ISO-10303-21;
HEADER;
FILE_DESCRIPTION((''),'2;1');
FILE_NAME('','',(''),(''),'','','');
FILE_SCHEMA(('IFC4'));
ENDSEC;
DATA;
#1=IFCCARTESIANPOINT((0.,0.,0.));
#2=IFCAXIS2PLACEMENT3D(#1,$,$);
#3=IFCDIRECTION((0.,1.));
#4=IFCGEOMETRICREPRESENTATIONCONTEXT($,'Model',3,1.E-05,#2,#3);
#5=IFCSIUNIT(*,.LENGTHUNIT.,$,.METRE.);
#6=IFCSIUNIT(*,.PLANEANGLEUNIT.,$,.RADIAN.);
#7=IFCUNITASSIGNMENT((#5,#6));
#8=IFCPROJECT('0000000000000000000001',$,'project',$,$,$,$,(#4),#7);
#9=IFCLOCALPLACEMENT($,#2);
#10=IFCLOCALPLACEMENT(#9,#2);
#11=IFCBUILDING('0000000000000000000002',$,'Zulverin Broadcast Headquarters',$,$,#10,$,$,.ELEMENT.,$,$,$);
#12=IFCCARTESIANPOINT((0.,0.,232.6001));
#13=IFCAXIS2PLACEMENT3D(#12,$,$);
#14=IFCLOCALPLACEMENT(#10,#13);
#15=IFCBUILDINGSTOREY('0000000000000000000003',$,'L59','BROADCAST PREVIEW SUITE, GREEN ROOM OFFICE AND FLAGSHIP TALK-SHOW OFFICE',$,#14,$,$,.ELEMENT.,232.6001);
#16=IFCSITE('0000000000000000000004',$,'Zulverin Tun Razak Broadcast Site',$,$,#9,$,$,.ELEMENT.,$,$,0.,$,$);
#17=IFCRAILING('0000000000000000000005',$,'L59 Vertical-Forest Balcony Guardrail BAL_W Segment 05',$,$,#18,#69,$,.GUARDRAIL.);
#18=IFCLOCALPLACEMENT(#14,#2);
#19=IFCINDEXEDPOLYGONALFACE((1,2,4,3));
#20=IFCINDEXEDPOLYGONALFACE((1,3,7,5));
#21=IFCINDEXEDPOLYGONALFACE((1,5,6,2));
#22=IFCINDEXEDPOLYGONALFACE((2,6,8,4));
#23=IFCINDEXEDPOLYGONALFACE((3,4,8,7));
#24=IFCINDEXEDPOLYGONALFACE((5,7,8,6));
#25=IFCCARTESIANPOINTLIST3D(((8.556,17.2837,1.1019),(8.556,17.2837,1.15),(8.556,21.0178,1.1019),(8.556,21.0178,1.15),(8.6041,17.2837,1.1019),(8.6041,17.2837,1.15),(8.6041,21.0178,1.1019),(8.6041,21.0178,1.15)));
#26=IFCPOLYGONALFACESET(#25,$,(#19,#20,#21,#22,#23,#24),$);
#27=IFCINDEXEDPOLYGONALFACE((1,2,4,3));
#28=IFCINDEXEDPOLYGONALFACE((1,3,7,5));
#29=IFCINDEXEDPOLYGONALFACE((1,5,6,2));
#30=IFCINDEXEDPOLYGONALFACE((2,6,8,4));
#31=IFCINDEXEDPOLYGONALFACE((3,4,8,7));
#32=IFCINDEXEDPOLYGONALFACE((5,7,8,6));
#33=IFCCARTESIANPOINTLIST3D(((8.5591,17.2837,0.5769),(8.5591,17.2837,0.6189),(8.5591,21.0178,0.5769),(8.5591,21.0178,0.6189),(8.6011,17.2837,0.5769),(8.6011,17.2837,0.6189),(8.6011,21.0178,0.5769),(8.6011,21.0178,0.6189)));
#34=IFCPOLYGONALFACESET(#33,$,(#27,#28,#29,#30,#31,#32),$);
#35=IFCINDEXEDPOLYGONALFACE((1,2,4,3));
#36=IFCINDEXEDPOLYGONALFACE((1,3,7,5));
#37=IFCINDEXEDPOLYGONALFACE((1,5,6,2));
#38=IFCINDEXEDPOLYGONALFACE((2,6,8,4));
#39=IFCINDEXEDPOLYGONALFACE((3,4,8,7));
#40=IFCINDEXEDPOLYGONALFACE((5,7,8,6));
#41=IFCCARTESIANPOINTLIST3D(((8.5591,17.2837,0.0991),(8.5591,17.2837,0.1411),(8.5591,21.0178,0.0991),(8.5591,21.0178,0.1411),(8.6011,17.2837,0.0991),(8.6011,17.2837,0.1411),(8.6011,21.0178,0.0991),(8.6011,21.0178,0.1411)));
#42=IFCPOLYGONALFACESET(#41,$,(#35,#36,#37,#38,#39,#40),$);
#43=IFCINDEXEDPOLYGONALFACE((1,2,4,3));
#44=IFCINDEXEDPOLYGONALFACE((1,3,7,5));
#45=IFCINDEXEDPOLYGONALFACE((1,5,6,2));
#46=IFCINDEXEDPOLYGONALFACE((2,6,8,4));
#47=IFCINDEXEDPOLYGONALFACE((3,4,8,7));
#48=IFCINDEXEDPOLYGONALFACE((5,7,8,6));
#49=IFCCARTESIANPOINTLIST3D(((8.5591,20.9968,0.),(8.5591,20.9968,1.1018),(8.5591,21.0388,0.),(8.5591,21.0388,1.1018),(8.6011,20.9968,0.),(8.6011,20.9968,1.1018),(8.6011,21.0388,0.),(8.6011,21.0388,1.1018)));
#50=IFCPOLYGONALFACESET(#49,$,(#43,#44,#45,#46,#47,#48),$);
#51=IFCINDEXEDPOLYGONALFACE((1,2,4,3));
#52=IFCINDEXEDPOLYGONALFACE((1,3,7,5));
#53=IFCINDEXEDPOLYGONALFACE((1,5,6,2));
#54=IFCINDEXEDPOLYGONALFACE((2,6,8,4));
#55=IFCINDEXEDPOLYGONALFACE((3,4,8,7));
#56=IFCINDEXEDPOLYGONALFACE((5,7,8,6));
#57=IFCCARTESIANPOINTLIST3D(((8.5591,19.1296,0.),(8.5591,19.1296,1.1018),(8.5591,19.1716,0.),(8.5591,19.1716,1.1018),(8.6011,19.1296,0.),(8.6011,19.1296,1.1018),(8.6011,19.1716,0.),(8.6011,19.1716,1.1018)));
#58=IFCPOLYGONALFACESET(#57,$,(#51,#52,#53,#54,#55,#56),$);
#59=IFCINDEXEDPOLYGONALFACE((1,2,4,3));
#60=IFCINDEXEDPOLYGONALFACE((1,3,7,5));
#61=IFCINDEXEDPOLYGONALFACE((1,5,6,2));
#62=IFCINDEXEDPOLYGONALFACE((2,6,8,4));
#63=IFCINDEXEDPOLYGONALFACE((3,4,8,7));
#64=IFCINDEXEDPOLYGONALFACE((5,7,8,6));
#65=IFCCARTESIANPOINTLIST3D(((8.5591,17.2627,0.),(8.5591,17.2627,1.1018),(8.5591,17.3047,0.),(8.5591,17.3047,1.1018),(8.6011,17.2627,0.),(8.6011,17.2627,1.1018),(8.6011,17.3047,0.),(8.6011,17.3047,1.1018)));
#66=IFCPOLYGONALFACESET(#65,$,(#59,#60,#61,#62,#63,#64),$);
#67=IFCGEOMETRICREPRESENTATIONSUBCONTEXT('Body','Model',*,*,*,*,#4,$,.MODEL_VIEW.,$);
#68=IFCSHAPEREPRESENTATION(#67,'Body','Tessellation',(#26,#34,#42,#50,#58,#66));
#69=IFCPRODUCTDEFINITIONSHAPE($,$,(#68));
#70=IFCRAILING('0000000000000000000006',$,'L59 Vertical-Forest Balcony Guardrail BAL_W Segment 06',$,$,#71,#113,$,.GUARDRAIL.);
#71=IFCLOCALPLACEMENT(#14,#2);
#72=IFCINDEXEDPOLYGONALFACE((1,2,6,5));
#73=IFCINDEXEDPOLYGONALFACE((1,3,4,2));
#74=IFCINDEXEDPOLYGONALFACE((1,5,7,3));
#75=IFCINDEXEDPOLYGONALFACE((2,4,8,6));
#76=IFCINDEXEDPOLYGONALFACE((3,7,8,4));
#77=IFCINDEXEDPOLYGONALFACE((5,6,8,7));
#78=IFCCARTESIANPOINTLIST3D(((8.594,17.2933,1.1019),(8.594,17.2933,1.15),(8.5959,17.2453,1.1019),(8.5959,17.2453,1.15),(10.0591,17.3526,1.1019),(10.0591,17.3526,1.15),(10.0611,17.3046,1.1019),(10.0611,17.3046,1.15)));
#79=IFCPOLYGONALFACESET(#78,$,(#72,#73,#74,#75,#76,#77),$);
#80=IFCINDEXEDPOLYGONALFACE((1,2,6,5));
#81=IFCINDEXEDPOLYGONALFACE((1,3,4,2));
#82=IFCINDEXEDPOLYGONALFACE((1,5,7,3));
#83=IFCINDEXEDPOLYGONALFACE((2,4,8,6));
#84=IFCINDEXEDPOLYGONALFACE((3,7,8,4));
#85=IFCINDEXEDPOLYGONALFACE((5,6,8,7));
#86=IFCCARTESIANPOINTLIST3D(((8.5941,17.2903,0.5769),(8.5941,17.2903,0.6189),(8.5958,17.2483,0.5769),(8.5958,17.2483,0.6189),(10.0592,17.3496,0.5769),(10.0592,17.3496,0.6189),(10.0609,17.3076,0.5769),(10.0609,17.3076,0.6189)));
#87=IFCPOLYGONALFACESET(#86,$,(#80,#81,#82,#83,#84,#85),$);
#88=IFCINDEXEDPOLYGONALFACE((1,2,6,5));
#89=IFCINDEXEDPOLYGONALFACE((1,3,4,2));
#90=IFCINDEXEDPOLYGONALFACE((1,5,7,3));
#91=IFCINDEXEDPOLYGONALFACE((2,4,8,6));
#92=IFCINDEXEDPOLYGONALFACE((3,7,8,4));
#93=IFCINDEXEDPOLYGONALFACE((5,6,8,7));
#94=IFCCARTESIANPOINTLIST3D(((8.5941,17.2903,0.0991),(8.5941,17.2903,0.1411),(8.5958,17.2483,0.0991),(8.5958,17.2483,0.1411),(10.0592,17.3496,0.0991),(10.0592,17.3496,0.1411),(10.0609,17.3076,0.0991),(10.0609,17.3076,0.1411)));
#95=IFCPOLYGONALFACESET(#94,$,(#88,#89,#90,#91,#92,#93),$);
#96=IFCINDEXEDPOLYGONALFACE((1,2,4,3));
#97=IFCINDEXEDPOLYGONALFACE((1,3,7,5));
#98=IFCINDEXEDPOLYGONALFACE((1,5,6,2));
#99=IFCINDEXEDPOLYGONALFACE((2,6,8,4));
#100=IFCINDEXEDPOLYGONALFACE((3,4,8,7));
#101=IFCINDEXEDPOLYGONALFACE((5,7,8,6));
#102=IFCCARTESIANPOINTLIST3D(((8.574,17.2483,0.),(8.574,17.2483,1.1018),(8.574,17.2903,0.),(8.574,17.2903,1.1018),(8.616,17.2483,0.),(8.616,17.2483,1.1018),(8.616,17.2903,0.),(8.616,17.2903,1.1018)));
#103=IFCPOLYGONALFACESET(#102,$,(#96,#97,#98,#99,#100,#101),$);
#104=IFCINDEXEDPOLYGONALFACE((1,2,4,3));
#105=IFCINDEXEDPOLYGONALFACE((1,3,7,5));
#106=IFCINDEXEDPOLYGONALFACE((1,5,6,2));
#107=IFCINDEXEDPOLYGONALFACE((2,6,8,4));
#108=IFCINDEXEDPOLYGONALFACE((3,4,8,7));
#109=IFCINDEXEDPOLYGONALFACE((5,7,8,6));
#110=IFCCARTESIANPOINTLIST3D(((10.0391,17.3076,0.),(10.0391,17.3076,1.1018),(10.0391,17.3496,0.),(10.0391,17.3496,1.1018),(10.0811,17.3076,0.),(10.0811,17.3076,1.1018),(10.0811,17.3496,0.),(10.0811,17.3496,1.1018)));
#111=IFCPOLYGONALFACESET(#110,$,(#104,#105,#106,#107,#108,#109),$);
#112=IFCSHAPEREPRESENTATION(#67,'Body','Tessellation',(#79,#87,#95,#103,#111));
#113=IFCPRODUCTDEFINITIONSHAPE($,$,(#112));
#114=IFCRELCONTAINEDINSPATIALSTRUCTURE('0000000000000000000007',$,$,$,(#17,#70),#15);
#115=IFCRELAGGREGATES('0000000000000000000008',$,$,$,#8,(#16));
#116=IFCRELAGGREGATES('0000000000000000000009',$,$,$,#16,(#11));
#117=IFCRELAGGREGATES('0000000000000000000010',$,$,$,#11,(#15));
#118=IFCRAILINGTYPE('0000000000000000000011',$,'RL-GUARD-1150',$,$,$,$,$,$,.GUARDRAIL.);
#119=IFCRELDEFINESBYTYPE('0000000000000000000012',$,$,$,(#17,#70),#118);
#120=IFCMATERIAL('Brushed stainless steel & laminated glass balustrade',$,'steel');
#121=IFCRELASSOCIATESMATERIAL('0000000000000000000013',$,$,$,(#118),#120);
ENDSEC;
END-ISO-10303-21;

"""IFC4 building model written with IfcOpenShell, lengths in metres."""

from ifc_helpers import new_model, si_unit, direction, frame, origin, origin_2d, place, context, subcontext, project, spatial, rectangle, extrude, material, type_object, element, save


model = new_model("IFC4")

# Units and contexts
model_context = context("Model", 3, precision=1e-05, world=origin(), true_north=direction((0.0, 1.0)))
body_context = subcontext(model_context, "Body", "Model", "MODEL_VIEW")
ifc_project = project(units=[si_unit("LENGTHUNIT", "METRE"), si_unit("PLANEANGLEUNIT", "RADIAN")], contexts=[model_context])

# Site, building, storey
site_placement = place(None, origin())
site = spatial("IfcSite", under=ifc_project, at=site_placement, Name="Zulverin Tun Razak Broadcast Site", CompositionType="ELEMENT", RefElevation=0.0)
building_placement = place(site_placement, origin())
building = spatial("IfcBuilding", under=site, at=building_placement, Name="Zulverin Broadcast Headquarters", CompositionType="ELEMENT")
storey_placement = place(building_placement, frame((0.0, 0.0, 232.6001)))
storey = spatial("IfcBuildingStorey", under=building, at=storey_placement, Name="L59", Description="BROADCAST PREVIEW SUITE, GREEN ROOM OFFICE AND FLAGSHIP TALK-SHOW OFFICE", CompositionType="ELEMENT", Elevation=232.6001)

# Railings
ifc_material_1 = material(Name="Brushed stainless steel & laminated glass balustrade", Category="steel")
railing_type = type_object("IfcRailingType", Name="RL-GUARD-1150", PredefinedType="GUARDRAIL", material=ifc_material_1)
railing_1_placement = place(storey_placement, frame((8.5801, 21.0178, 0.0)))
element("IfcRailing", 1, at=railing_1_placement, inside=storey, type_object=railing_type, Name="L59 Vertical-Forest Balcony Guardrail BAL_W Segment 05", PredefinedType="GUARDRAIL", context=body_context, shape_type="SweptSolid", body=[
    extrude(rectangle(XDim=0.0481, YDim=0.0481, at=origin_2d()), frame((0.0, 0.0, 1.126), z_axis=(0.0, -1.0, 0.0), x_axis=(1.0, 0.0, 0.0)), (0.0, 0.0, 1.0), 3.7341),
    extrude(rectangle(XDim=0.042, YDim=0.042, at=origin_2d()), frame((0.0, 0.0, 0.5979), z_axis=(0.0, -1.0, 0.0), x_axis=(1.0, 0.0, 0.0)), (0.0, 0.0, 1.0), 3.7341),
    extrude(rectangle(XDim=0.042, YDim=0.042, at=origin_2d()), frame((0.0, 0.0, 0.1201), z_axis=(0.0, -1.0, 0.0), x_axis=(1.0, 0.0, 0.0)), (0.0, 0.0, 1.0), 3.7341),
    extrude(rectangle(XDim=0.042, YDim=0.042, at=origin_2d()), origin(), (0.0, 0.0, 1.0), 1.1018),
    extrude(rectangle(XDim=0.042, YDim=0.042, at=origin_2d()), frame((0.0, -1.8672, 0.0)), (0.0, 0.0, 1.0), 1.1018),
    extrude(rectangle(XDim=0.042, YDim=0.042, at=origin_2d()), frame((0.0, -3.7341, 0.0)), (0.0, 0.0, 1.0), 1.1018),
])
railing_2_placement = place(storey_placement, frame((8.595, 17.2693, 0.0)))
element("IfcRailing", 2, at=railing_2_placement, inside=storey, type_object=railing_type, Name="L59 Vertical-Forest Balcony Guardrail BAL_W Segment 06", PredefinedType="GUARDRAIL", context=body_context, shape_type="SweptSolid", body=[
    extrude(rectangle(XDim=0.0481, YDim=0.0481, at=origin_2d()), frame((0.0, 0.0, 1.126), z_axis=(0.999181, 0.04046, 0.0), x_axis=(-0.04046, 0.999181, 0.0)), (0.0, 0.0, 1.0), 1.4663),
    extrude(rectangle(XDim=0.042, YDim=0.042, at=origin_2d()), frame((0.0, 0.0, 0.5979), z_axis=(0.999181, 0.04046, 0.0), x_axis=(-0.04046, 0.999181, 0.0)), (0.0, 0.0, 1.0), 1.4663),
    extrude(rectangle(XDim=0.042, YDim=0.042, at=origin_2d()), frame((0.0, 0.0, 0.1201), z_axis=(0.999181, 0.04046, 0.0), x_axis=(-0.04046, 0.999181, 0.0)), (0.0, 0.0, 1.0), 1.4663),
    extrude(rectangle(XDim=0.042, YDim=0.042, at=origin_2d()), origin(), (0.0, 0.0, 1.0), 1.1018),
    extrude(rectangle(XDim=0.042, YDim=0.042, at=origin_2d()), frame((1.4651, 0.0593, 0.0)), (0.0, 0.0, 1.0), 1.1018),
])

save(model, "model.ifc")
